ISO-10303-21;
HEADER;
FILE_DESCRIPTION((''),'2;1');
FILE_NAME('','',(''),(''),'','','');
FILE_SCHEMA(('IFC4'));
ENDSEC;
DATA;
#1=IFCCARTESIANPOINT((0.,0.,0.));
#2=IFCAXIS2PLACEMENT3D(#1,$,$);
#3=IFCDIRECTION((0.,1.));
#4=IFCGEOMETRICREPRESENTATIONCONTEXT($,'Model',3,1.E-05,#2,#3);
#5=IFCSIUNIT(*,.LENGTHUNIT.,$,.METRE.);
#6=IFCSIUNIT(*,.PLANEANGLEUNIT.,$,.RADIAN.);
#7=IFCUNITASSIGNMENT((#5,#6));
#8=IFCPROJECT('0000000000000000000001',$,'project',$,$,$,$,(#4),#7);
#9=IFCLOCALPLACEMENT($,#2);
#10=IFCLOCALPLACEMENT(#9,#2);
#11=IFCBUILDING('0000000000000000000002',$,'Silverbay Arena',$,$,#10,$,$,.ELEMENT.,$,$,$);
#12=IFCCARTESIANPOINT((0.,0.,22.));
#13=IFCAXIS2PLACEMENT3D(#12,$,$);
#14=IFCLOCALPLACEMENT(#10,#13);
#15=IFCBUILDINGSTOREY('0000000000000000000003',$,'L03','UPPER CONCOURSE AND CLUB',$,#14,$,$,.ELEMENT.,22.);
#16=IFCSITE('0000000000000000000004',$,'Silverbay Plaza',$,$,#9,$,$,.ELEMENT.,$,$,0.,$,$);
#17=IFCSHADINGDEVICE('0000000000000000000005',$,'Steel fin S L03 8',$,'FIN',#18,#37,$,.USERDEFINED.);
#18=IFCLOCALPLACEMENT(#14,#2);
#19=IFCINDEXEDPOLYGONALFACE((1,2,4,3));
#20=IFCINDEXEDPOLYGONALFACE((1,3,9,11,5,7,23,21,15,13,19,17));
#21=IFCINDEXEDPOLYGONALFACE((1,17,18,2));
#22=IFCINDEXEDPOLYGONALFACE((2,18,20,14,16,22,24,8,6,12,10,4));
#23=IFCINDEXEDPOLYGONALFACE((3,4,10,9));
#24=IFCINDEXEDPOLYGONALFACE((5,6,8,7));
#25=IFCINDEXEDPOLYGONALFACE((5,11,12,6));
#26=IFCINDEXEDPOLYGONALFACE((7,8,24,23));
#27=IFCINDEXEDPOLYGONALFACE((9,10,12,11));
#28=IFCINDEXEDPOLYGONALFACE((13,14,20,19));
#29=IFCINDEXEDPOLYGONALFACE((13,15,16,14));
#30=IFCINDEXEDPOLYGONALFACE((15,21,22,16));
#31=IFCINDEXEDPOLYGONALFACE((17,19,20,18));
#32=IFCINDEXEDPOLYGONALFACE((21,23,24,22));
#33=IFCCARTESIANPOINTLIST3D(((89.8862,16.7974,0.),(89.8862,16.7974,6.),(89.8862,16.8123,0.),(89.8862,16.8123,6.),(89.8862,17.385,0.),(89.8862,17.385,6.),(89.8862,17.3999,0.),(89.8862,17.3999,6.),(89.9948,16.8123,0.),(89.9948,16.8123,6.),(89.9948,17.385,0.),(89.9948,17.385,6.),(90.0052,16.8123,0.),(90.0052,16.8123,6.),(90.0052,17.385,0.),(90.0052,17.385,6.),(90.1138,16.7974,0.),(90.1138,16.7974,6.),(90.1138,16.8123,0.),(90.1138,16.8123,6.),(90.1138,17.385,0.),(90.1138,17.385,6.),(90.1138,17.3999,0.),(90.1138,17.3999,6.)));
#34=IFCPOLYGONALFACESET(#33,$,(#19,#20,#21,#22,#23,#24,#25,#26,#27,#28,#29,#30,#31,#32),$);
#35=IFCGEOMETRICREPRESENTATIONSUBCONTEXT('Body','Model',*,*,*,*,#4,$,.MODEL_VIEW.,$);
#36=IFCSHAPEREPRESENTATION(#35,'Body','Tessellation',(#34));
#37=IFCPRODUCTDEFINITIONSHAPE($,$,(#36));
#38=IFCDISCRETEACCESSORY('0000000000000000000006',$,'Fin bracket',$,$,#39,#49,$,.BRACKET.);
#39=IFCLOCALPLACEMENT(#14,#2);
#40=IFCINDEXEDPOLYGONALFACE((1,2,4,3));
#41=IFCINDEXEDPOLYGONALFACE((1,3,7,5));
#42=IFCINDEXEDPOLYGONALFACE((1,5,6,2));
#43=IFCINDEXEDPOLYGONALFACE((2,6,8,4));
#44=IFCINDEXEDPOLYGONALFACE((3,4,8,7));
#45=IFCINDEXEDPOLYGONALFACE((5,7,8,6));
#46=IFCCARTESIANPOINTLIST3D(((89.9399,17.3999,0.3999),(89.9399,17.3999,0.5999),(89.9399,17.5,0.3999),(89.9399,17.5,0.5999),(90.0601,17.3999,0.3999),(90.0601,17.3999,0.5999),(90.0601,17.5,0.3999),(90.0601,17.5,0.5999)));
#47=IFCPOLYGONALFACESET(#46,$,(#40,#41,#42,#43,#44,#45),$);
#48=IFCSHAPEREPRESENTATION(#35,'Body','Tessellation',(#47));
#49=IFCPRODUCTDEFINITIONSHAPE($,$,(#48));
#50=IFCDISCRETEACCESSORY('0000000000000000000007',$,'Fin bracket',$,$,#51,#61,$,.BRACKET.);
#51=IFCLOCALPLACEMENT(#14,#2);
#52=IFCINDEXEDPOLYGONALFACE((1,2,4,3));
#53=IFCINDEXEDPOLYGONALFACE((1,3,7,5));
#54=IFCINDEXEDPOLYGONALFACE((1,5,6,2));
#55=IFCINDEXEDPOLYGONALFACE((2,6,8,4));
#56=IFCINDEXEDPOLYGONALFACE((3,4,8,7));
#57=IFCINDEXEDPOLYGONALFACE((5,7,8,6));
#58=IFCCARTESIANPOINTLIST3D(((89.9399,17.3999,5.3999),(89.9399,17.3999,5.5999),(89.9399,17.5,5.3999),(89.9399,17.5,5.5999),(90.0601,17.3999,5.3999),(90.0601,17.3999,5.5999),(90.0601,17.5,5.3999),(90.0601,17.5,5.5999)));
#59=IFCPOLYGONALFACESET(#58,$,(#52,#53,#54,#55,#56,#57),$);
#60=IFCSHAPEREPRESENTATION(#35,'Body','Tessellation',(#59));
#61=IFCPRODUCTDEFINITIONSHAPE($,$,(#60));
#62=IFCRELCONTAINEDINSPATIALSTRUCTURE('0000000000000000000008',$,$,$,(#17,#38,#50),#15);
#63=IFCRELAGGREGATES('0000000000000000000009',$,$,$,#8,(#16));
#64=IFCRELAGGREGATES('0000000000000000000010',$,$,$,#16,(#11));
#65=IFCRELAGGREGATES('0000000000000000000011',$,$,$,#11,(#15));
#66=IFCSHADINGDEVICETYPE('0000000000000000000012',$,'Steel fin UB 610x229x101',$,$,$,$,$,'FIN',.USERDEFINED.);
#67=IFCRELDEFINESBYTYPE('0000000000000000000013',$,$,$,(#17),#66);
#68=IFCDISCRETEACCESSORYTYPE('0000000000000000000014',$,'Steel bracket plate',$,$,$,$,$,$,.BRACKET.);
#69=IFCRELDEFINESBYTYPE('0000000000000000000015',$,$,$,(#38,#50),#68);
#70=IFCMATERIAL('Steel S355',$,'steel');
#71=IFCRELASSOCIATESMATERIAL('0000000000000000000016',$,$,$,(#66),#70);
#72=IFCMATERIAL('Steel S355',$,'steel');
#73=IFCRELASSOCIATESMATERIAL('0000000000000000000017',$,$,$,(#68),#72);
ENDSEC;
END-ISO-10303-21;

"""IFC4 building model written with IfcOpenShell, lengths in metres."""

from ifc_helpers import new_model, si_unit, direction, frame, origin, origin_2d, place, context, subcontext, project, spatial, rectangle, i_section, extrude, material, material_profile, profile_set, type_object, element, save


model = new_model("IFC4")

# Units and contexts
model_context = context("Model", 3, precision=1e-05, world=origin(), true_north=direction((0.0, 1.0)))
body_context = subcontext(model_context, "Body", "Model", "MODEL_VIEW")
ifc_project = project(units=[si_unit("LENGTHUNIT", "METRE"), si_unit("PLANEANGLEUNIT", "RADIAN")], contexts=[model_context])

# Site, building, storey
site_placement = place(None, origin())
site = spatial("IfcSite", under=ifc_project, at=site_placement, Name="Silverbay Plaza", CompositionType="ELEMENT", RefElevation=0.0)
building_placement = place(site_placement, origin())
building = spatial("IfcBuilding", under=site, at=building_placement, Name="Silverbay Arena", CompositionType="ELEMENT")
storey_placement = place(building_placement, frame((0.0, 0.0, 22.0)))
storey = spatial("IfcBuildingStorey", under=building, at=storey_placement, Name="L03", Description="UPPER CONCOURSE AND CLUB", CompositionType="ELEMENT", Elevation=22.0)

# Shading device
ifc_material_1 = material(Name="Steel S355", Category="steel")
ifc_material_profile_1 = material_profile(ifc_material_1, i_section(OverallWidth=0.2275, OverallDepth=0.6025, WebThickness=0.0105, FlangeThickness=0.0149, at=origin_2d()), Name="UB 610x229x101")
ifc_profile_set_1 = profile_set([ifc_material_profile_1], Name="Steel S355")
shading_device_type = type_object("IfcShadingDeviceType", Name="Steel fin UB 610x229x101", ElementType="FIN", PredefinedType="USERDEFINED", material=ifc_profile_set_1)
shading_device_placement = place(storey_placement, frame((90.0, 17.0986, 0.0), z_axis=(0.0, 0.0, 1.0), x_axis=(1.0, 0.0, 0.0)))
element("IfcShadingDevice", 1, at=shading_device_placement, inside=storey, type_object=shading_device_type, Name="Steel fin S L03 8", ObjectType="FIN", PredefinedType="USERDEFINED", context=body_context, shape_type="SweptSolid", body=[
    extrude(i_section(OverallWidth=0.2275, OverallDepth=0.6025, WebThickness=0.0105, FlangeThickness=0.0149, at=origin_2d()), origin(), (0.0, 0.0, 1.0), 6.0),
])

# Discrete accessories
ifc_material_2 = material(Name="Steel S355", Category="steel")
discrete_accessory_type = type_object("IfcDiscreteAccessoryType", Name="Steel bracket plate", PredefinedType="BRACKET", material=ifc_material_2)
for number, where, z_axis, x_axis, name in (
    (2, (90.0, 17.45, 0.3999), (0.0, 0.0, 1.0), (1.0, 0.0, 0.0), "Fin bracket"),
    (3, (90.0, 17.45, 5.3999), (0.0, 0.0, 1.0), (1.0, 0.0, 0.0), "Fin bracket"),
):
    element("IfcDiscreteAccessory", number, at=place(storey_placement, frame(where, z_axis=z_axis, x_axis=x_axis)), inside=storey, type_object=discrete_accessory_type, Name=name, PredefinedType="BRACKET", context=body_context, shape_type="SweptSolid", body=[
        extrude(rectangle(XDim=0.1201, YDim=0.1001, at=origin_2d()), origin(), (0.0, 0.0, 1.0), 0.2),
    ])

save(model, "model.ifc")
